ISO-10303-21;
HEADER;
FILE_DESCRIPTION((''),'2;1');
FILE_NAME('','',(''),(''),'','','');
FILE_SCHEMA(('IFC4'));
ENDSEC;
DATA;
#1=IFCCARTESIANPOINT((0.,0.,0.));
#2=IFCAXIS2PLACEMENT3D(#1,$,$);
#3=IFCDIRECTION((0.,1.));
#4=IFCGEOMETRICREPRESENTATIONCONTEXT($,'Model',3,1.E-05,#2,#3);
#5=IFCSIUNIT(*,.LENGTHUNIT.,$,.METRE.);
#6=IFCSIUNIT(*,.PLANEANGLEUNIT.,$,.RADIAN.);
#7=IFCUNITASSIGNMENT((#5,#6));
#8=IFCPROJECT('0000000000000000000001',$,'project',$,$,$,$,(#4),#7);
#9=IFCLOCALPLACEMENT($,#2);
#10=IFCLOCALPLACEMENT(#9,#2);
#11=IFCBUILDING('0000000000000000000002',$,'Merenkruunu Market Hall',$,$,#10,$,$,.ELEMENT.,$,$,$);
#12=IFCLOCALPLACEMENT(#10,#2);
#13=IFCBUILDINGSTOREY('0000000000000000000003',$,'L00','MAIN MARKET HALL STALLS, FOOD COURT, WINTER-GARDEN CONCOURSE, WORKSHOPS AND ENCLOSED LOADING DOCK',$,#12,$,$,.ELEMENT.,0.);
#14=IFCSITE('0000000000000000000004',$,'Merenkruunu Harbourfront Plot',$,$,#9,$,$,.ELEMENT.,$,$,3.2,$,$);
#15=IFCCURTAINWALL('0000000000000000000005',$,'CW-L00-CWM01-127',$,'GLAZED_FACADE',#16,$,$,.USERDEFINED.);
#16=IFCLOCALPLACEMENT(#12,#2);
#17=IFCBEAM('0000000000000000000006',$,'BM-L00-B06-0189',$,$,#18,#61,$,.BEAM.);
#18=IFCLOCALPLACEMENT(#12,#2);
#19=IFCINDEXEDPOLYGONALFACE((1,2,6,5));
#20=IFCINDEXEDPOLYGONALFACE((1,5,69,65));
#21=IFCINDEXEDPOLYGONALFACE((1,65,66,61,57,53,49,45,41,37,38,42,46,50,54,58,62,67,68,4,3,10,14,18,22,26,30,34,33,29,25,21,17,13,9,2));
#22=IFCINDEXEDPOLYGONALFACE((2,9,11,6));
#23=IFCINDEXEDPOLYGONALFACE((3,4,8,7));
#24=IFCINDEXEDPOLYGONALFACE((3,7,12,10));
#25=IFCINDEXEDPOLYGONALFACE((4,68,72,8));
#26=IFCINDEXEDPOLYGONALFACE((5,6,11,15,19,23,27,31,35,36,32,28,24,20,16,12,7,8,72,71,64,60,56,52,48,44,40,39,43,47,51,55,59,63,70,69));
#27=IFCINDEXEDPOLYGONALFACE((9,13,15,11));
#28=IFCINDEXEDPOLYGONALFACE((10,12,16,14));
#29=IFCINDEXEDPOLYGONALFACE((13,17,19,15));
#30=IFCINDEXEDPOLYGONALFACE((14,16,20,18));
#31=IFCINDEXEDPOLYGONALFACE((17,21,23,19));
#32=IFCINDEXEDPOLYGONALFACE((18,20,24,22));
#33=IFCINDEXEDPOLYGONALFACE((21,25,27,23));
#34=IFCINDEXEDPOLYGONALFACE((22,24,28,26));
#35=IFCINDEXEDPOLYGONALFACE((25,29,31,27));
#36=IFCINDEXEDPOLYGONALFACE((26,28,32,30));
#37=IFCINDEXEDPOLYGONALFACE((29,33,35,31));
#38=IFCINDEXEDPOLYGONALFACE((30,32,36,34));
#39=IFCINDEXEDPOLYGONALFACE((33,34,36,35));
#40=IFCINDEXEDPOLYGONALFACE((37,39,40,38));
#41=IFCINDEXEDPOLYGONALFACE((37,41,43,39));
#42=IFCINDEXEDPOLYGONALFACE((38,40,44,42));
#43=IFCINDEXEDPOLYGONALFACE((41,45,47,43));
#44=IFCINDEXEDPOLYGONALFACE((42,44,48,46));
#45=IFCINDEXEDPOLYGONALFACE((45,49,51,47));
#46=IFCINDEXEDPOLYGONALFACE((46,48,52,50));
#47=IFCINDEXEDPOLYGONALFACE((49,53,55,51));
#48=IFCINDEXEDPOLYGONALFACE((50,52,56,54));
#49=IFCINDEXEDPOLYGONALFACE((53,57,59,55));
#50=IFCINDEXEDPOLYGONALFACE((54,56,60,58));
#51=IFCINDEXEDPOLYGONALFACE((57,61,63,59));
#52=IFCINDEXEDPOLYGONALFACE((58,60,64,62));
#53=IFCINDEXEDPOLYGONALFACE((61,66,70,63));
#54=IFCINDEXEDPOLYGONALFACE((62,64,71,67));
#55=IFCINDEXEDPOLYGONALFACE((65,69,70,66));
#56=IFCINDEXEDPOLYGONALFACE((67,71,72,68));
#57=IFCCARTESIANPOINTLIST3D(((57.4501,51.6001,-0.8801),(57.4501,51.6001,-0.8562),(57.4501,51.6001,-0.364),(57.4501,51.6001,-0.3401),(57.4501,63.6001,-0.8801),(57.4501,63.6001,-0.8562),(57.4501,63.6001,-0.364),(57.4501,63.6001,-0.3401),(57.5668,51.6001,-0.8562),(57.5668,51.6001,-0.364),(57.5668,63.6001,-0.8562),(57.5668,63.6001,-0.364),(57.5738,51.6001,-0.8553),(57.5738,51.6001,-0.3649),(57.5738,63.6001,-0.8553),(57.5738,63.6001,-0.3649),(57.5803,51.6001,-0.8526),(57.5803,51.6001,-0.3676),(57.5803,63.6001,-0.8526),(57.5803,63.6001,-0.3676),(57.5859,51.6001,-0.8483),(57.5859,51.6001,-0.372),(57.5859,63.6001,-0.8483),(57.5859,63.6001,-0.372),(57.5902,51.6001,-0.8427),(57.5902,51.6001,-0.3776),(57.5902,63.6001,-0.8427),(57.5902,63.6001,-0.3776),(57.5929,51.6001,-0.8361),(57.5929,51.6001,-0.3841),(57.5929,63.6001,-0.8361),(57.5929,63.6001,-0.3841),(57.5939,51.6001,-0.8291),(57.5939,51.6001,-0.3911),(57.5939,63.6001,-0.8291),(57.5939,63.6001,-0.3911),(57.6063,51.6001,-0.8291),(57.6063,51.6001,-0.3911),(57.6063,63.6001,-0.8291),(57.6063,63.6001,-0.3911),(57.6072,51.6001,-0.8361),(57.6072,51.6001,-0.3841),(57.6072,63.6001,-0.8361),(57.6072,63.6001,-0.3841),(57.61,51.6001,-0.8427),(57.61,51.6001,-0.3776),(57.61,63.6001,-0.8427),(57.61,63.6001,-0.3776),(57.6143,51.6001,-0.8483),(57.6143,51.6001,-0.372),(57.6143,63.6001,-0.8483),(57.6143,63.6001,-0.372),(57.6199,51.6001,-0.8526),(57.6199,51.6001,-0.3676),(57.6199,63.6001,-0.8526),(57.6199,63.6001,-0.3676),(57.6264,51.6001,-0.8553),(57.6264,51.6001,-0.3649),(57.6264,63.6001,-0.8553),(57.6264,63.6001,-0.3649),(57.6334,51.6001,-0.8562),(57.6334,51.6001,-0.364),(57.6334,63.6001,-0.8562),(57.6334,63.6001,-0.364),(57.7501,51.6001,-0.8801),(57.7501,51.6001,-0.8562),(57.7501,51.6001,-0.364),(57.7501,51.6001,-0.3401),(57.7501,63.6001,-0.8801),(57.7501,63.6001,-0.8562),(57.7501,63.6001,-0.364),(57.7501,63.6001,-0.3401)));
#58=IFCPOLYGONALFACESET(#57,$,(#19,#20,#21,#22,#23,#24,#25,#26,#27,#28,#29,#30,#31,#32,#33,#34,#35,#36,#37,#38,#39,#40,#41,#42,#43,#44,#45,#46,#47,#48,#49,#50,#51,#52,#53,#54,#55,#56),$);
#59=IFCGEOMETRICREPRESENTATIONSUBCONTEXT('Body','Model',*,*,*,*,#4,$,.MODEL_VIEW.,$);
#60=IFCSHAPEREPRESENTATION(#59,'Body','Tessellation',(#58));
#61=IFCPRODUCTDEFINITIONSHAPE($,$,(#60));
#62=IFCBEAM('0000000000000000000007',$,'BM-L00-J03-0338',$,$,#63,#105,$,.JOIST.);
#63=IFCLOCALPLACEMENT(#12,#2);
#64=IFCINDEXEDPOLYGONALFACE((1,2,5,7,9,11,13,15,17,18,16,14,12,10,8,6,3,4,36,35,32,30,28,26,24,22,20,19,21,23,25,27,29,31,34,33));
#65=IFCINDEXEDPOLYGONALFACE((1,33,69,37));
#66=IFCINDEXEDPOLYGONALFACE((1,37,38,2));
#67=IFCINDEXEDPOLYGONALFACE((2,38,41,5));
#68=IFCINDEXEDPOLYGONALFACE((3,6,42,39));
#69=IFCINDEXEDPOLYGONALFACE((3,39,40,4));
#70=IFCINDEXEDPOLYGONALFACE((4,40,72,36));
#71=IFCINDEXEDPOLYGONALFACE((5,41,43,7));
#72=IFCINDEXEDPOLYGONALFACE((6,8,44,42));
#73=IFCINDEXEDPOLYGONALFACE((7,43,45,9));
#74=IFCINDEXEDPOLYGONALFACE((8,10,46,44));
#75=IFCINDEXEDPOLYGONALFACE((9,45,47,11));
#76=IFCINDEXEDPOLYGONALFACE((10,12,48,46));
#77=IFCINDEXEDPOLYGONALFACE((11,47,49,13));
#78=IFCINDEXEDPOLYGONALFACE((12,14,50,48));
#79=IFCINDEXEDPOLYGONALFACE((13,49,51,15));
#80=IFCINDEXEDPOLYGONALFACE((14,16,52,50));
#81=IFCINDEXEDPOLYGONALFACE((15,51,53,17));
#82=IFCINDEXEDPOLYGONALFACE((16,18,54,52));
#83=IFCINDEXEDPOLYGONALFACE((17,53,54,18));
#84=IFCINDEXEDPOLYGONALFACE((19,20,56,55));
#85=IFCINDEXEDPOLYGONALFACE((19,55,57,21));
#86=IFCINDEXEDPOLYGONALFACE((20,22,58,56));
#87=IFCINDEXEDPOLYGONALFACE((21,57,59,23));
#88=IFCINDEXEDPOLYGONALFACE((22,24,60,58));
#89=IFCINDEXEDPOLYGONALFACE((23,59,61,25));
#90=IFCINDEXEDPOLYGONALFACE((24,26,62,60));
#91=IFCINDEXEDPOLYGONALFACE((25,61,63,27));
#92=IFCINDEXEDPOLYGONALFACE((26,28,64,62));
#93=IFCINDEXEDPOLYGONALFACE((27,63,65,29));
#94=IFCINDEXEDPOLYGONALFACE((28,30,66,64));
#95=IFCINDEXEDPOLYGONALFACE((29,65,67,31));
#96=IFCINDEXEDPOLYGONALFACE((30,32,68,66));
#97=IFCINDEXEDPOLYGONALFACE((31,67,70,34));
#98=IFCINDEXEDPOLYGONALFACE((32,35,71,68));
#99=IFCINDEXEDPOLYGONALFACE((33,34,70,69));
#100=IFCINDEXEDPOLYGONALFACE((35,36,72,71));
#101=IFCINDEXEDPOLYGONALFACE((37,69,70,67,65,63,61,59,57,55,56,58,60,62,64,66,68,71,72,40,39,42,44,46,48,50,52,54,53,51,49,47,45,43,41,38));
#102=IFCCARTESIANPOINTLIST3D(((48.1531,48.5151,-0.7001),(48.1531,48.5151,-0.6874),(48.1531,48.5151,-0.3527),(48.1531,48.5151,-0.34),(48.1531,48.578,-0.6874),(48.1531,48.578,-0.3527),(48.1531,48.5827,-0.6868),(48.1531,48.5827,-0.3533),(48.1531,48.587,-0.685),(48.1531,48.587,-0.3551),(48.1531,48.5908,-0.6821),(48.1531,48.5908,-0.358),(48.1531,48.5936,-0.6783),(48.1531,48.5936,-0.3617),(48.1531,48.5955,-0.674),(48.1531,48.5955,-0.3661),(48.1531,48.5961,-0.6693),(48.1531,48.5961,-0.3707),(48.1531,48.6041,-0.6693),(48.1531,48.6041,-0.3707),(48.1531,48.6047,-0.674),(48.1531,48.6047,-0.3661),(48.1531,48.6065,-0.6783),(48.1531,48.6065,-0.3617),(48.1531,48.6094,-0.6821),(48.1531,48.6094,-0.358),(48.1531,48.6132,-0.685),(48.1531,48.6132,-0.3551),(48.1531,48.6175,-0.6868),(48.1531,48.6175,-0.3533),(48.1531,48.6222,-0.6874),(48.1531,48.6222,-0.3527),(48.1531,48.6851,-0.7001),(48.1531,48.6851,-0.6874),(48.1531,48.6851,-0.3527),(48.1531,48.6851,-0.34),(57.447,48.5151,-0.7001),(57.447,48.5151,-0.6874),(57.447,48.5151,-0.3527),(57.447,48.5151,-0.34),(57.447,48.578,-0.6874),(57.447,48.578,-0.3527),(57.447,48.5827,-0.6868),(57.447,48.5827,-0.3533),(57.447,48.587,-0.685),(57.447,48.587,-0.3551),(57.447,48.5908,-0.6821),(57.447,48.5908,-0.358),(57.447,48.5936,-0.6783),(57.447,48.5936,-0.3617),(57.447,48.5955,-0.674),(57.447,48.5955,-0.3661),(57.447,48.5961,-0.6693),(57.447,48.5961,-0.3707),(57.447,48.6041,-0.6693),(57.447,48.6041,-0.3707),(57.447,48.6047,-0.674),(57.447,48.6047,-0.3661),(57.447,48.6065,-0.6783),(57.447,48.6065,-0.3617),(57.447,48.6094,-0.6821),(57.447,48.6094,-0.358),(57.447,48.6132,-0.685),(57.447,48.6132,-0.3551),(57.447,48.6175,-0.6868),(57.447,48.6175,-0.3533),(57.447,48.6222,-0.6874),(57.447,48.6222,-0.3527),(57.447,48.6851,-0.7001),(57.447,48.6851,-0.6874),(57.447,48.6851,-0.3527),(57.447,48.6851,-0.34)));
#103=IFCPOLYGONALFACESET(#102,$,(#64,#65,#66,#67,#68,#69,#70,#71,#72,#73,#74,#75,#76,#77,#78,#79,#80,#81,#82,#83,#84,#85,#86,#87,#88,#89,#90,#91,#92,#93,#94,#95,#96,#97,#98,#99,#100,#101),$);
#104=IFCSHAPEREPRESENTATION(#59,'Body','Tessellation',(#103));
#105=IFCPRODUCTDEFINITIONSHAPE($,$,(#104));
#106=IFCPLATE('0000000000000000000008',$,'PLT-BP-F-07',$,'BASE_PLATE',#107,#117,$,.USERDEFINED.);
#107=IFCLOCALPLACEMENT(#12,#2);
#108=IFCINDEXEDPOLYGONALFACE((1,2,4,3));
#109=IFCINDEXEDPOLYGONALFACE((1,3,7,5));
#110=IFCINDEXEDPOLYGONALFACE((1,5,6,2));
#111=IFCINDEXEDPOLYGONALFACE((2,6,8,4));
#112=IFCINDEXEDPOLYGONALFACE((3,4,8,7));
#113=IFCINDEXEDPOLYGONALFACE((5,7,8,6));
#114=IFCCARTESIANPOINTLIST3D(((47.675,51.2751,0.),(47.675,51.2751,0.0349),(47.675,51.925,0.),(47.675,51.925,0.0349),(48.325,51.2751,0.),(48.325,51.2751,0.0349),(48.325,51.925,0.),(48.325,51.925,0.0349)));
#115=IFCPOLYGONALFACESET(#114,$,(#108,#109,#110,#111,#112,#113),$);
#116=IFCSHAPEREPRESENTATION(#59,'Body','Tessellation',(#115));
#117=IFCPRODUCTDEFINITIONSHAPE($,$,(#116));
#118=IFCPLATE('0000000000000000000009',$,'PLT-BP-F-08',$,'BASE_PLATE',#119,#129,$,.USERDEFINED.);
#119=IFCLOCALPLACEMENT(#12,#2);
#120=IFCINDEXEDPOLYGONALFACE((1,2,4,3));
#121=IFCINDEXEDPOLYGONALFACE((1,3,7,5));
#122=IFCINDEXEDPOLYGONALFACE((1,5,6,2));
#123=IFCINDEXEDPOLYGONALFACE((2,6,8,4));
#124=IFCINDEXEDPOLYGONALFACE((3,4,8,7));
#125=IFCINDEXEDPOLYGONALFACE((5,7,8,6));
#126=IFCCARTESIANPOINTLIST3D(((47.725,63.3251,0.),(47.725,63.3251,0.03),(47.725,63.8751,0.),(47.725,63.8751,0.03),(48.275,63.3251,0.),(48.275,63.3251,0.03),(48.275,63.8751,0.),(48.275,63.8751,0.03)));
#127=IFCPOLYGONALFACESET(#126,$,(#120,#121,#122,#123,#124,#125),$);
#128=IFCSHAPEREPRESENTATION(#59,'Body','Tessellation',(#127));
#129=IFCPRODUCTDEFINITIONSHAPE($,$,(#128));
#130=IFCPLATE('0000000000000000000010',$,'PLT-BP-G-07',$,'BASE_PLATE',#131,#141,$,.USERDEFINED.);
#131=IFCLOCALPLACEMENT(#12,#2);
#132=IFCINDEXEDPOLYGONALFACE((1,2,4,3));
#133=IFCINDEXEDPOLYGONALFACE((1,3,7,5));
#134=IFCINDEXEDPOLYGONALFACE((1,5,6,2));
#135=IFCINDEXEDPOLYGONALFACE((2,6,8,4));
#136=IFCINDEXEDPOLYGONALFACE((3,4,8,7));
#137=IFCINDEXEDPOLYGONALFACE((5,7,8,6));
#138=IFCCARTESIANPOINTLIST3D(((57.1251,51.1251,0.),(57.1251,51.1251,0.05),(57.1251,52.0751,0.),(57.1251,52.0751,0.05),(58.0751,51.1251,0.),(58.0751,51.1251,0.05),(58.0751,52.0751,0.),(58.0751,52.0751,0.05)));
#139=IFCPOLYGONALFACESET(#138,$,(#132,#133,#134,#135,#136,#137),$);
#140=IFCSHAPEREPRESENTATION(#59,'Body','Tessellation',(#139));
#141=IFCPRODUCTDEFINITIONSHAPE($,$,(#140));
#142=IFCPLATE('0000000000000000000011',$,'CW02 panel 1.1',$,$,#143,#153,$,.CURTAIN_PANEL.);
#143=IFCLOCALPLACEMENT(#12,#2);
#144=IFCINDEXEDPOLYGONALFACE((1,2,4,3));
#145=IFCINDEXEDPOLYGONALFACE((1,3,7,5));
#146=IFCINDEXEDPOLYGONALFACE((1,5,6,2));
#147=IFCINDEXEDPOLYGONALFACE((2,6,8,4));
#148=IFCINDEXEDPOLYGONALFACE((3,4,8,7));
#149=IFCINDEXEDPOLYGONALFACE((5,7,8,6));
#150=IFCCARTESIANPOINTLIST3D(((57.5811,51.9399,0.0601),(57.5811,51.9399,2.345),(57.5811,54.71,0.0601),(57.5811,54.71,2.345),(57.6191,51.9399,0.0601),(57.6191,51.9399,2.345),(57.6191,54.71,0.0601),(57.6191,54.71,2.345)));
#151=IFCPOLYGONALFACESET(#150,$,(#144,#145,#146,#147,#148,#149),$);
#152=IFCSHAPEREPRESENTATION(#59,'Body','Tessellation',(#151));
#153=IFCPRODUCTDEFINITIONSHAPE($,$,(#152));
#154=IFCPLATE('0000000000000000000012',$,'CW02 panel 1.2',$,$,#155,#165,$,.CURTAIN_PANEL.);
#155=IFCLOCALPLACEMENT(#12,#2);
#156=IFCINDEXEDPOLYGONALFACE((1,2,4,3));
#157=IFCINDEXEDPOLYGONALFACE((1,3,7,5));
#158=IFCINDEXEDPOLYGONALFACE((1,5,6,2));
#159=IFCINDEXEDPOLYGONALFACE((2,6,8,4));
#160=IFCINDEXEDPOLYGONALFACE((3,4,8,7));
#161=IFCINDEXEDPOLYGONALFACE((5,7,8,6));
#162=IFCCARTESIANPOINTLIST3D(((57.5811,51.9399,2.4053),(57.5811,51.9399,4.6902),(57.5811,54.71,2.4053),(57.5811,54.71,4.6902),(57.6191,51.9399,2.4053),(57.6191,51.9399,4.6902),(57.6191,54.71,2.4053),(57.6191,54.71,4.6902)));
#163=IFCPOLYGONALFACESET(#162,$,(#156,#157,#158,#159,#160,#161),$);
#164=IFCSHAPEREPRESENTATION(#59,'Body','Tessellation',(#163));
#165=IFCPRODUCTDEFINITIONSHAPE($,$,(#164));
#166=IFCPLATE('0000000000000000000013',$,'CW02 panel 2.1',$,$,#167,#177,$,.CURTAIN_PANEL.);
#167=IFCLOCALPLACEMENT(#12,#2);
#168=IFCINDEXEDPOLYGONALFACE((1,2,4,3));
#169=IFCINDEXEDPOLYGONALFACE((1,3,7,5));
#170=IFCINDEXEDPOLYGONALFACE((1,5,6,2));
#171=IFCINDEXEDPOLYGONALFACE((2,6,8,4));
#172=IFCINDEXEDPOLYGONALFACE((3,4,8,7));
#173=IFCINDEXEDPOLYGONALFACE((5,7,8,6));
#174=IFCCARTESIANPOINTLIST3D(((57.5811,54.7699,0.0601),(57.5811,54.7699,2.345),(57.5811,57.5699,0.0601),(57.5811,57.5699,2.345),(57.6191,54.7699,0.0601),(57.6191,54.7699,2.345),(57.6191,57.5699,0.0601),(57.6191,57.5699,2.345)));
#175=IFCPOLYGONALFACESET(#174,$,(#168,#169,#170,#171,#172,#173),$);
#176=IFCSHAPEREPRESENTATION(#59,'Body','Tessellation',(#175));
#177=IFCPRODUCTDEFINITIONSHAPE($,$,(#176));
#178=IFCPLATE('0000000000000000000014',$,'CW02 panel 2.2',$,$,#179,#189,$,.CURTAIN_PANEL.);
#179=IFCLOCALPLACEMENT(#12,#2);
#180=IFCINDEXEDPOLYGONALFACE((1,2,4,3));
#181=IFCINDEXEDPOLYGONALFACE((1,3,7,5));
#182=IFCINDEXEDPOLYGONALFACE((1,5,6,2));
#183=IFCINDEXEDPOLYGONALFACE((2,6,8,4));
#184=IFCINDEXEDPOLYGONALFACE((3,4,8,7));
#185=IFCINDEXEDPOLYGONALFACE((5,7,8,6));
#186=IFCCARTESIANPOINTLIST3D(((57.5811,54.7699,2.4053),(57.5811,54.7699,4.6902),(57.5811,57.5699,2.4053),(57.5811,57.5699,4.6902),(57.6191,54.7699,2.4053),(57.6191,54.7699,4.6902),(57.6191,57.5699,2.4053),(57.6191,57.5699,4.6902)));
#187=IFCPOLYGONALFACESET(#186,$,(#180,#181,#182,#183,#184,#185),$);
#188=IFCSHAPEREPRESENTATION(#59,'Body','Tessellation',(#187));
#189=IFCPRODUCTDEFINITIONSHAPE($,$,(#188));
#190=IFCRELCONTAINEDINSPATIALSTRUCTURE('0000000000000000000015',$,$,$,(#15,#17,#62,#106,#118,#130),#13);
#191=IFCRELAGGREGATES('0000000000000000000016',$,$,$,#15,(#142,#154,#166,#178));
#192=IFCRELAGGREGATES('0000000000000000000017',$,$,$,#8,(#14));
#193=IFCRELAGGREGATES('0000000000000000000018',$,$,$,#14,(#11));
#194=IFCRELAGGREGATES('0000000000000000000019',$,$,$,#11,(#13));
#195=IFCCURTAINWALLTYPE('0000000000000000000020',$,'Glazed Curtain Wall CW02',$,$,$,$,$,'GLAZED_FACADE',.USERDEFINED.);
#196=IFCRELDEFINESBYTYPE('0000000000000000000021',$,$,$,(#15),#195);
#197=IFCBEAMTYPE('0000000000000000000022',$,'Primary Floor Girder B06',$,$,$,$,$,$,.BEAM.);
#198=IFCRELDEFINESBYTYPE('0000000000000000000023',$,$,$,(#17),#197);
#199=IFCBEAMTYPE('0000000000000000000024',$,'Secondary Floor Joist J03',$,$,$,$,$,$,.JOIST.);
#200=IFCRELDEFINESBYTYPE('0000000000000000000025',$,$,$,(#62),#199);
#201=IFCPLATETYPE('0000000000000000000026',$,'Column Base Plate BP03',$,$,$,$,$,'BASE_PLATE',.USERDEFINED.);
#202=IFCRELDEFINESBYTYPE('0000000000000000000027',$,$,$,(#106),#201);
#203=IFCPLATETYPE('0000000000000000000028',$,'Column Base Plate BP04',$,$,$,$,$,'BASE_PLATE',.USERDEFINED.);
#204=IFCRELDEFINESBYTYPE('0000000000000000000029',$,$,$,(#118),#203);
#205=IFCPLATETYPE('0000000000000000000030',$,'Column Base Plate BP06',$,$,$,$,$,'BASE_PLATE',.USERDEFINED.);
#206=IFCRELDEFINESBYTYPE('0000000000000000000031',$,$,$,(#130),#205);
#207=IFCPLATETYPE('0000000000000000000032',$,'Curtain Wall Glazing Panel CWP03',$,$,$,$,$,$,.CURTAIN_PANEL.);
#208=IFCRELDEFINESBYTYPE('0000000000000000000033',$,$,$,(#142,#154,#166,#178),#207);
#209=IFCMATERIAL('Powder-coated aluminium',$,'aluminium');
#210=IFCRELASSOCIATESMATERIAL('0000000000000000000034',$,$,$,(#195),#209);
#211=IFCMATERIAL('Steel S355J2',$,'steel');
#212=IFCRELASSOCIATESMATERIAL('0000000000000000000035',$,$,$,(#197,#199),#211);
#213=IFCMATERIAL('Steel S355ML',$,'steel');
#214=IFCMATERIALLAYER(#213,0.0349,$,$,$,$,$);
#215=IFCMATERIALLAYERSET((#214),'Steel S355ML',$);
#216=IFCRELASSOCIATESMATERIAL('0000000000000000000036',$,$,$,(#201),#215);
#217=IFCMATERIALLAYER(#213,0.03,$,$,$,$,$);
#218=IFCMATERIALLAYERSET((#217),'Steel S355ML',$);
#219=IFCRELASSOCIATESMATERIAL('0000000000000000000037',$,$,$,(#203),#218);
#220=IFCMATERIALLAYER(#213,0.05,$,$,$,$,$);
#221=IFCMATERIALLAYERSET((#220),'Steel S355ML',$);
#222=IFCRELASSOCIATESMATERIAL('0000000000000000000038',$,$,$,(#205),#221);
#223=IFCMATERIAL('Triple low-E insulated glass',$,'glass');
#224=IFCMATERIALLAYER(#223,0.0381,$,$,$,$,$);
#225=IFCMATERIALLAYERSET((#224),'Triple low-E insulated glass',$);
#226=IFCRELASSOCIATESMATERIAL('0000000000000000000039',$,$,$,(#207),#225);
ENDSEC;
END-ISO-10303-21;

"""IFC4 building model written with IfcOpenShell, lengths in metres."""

from ifc_helpers import new_model, si_unit, direction, frame, origin, origin_2d, place, context, subcontext, project, spatial, rectangle, i_section, extrude, material, layer, layer_set, material_profile, profile_set, type_object, element, aggregate, save


model = new_model("IFC4")

# Units and contexts
model_context = context("Model", 3, precision=1e-05, world=origin(), true_north=direction((0.0, 1.0)))
body_context = subcontext(model_context, "Body", "Model", "MODEL_VIEW")
ifc_project = project(units=[si_unit("LENGTHUNIT", "METRE"), si_unit("PLANEANGLEUNIT", "RADIAN")], contexts=[model_context])

# Site, building, storey
site_placement = place(None, origin())
site = spatial("IfcSite", under=ifc_project, at=site_placement, Name="Merenkruunu Harbourfront Plot", CompositionType="ELEMENT", RefElevation=3.2)
building_placement = place(site_placement, origin())
building = spatial("IfcBuilding", under=site, at=building_placement, Name="Merenkruunu Market Hall", CompositionType="ELEMENT")
storey_placement = place(building_placement, origin())
storey = spatial("IfcBuildingStorey", under=building, at=storey_placement, Name="L00", Description="MAIN MARKET HALL STALLS, FOOD COURT, WINTER-GARDEN CONCOURSE, WORKSHOPS AND ENCLOSED LOADING DOCK", CompositionType="ELEMENT", Elevation=0.0)

# Shared definitions
ifc_material_1 = material(Name="Steel S355ML", Category="steel")
ifc_material_2 = material(Name="Steel S355J2", Category="steel")

# Curtain wall
ifc_material_3 = material(Name="Powder-coated aluminium", Category="aluminium")
curtain_wall_type = type_object("IfcCurtainWallType", Name="Glazed Curtain Wall CW02", ElementType="GLAZED_FACADE", PredefinedType="USERDEFINED", material=ifc_material_3)
curtain_wall_placement = place(storey_placement, origin())
curtain_wall = element("IfcCurtainWall", 1, at=curtain_wall_placement, inside=storey, type_object=curtain_wall_type, Name="CW-L00-CWM01-127", ObjectType="GLAZED_FACADE", PredefinedType="USERDEFINED")

# Beams
ifc_material_profile_1 = material_profile(ifc_material_2, i_section(OverallWidth=0.3, OverallDepth=0.54, WebThickness=0.0125, FlangeThickness=0.0239, FilletRadius=0.0271, at=origin_2d()), Name="HEA 550")
ifc_profile_set_1 = profile_set([ifc_material_profile_1], Name="Steel S355J2")
beam_type_1 = type_object("IfcBeamType", Name="Primary Floor Girder B06", PredefinedType="BEAM", material=ifc_profile_set_1)
for number, where, z_axis, x_axis, name in (
    (2, (57.6001, 51.6001, -0.6101), (0.0, 1.0, 0.0), (-1.0, 0.0, 0.0), "BM-L00-B06-0189"),
):
    element("IfcBeam", number, at=place(storey_placement, frame(where, z_axis=z_axis, x_axis=x_axis)), inside=storey, type_object=beam_type_1, Name=name, PredefinedType="BEAM", context=body_context, shape_type="SweptSolid", body=[
        extrude(i_section(OverallWidth=0.3, OverallDepth=0.54, WebThickness=0.0125, FlangeThickness=0.0239, FilletRadius=0.0271, at=origin_2d()), origin(), (0.0, 0.0, 1.0), 12.0),
    ])
ifc_material_profile_2 = material_profile(ifc_material_2, i_section(OverallWidth=0.1699, OverallDepth=0.3601, WebThickness=0.0081, FlangeThickness=0.0127, FilletRadius=0.0181, at=origin_2d()), Name="IPE 360")
ifc_profile_set_2 = profile_set([ifc_material_profile_2], Name="Steel S355J2")
beam_type_2 = type_object("IfcBeamType", Name="Secondary Floor Joist J03", PredefinedType="JOIST", material=ifc_profile_set_2)
beam_1_placement = place(storey_placement, frame((48.1531, 48.6001, -0.52), z_axis=(1.0, 0.0, 0.0), x_axis=(0.0, 1.0, 0.0)))
element("IfcBeam", 3, at=beam_1_placement, inside=storey, type_object=beam_type_2, Name="BM-L00-J03-0338", PredefinedType="JOIST", context=body_context, shape_type="SweptSolid", body=[
    extrude(i_section(OverallWidth=0.1699, OverallDepth=0.3601, WebThickness=0.0081, FlangeThickness=0.0127, FilletRadius=0.0181, at=origin_2d()), origin(), (0.0, 0.0, 1.0), 9.2939),
])

# Plates
ifc_layer_1 = layer(ifc_material_1, 0.0349)
ifc_layer_set_1 = layer_set([ifc_layer_1], Name="Steel S355ML")
plate_type_1 = type_object("IfcPlateType", Name="Column Base Plate BP03", ElementType="BASE_PLATE", PredefinedType="USERDEFINED", material=ifc_layer_set_1)
plate_1_placement = place(storey_placement, frame((48.0, 51.6001, 0.0), z_axis=(0.0, 0.0, 1.0), x_axis=(1.0, 0.0, 0.0)))
element("IfcPlate", 4, at=plate_1_placement, inside=storey, type_object=plate_type_1, Name="PLT-BP-F-07", ObjectType="BASE_PLATE", PredefinedType="USERDEFINED", context=body_context, shape_type="SweptSolid", body=[
    extrude(rectangle(XDim=0.6499, YDim=0.6499, at=origin_2d()), origin(), (0.0, 0.0, 1.0), 0.0349),
])
ifc_layer_2 = layer(ifc_material_1, 0.03)
ifc_layer_set_2 = layer_set([ifc_layer_2], Name="Steel S355ML")
plate_type_2 = type_object("IfcPlateType", Name="Column Base Plate BP04", ElementType="BASE_PLATE", PredefinedType="USERDEFINED", material=ifc_layer_set_2)
plate_2_placement = place(storey_placement, frame((48.0, 63.6001, 0.0), z_axis=(0.0, 0.0, 1.0), x_axis=(1.0, 0.0, 0.0)))
element("IfcPlate", 5, at=plate_2_placement, inside=storey, type_object=plate_type_2, Name="PLT-BP-F-08", ObjectType="BASE_PLATE", PredefinedType="USERDEFINED", context=body_context, shape_type="SweptSolid", body=[
    extrude(rectangle(XDim=0.55, YDim=0.55, at=origin_2d()), origin(), (0.0, 0.0, 1.0), 0.03),
])
ifc_layer_3 = layer(ifc_material_1, 0.05)
ifc_layer_set_3 = layer_set([ifc_layer_3], Name="Steel S355ML")
plate_type_3 = type_object("IfcPlateType", Name="Column Base Plate BP06", ElementType="BASE_PLATE", PredefinedType="USERDEFINED", material=ifc_layer_set_3)
plate_3_placement = place(storey_placement, frame((57.6001, 51.6001, 0.0), z_axis=(0.0, 0.0, 1.0), x_axis=(1.0, 0.0, 0.0)))
element("IfcPlate", 6, at=plate_3_placement, inside=storey, type_object=plate_type_3, Name="PLT-BP-G-07", ObjectType="BASE_PLATE", PredefinedType="USERDEFINED", context=body_context, shape_type="SweptSolid", body=[
    extrude(rectangle(XDim=0.95, YDim=0.95, at=origin_2d()), origin(), (0.0, 0.0, 1.0), 0.05),
])

# Plates
ifc_material_4 = material(Name="Triple low-E insulated glass", Category="glass")
ifc_layer_4 = layer(ifc_material_4, 0.0381)
ifc_layer_set_4 = layer_set([ifc_layer_4], Name="Triple low-E insulated glass")
plate_type_4 = type_object("IfcPlateType", Name="Curtain Wall Glazing Panel CWP03", PredefinedType="CURTAIN_PANEL", material=ifc_layer_set_4)
plate_4_placement = place(storey_placement, frame((57.6001, 53.325, 0.0601), z_axis=(0.0, 0.0, 1.0), x_axis=(0.0, 1.0, 0.0)))
plate_4 = element("IfcPlate", 7, at=plate_4_placement, type_object=plate_type_4, Name="CW02 panel 1.1", PredefinedType="CURTAIN_PANEL", context=body_context, shape_type="SweptSolid", body=[
    extrude(rectangle(XDim=2.77, YDim=0.0381, at=origin_2d()), origin(), (0.0, 0.0, 1.0), 2.2849),
])
plate_5_placement = place(storey_placement, frame((57.6001, 53.325, 2.4053), z_axis=(0.0, 0.0, 1.0), x_axis=(0.0, 1.0, 0.0)))
plate_5 = element("IfcPlate", 8, at=plate_5_placement, type_object=plate_type_4, Name="CW02 panel 1.2", PredefinedType="CURTAIN_PANEL", context=body_context, shape_type="SweptSolid", body=[
    extrude(rectangle(XDim=2.77, YDim=0.0381, at=origin_2d()), origin(), (0.0, 0.0, 1.0), 2.2849),
])
plate_6_placement = place(storey_placement, frame((57.6001, 56.1699, 0.0601), z_axis=(0.0, 0.0, 1.0), x_axis=(0.0, 1.0, 0.0)))
plate_6 = element("IfcPlate", 9, at=plate_6_placement, type_object=plate_type_4, Name="CW02 panel 2.1", PredefinedType="CURTAIN_PANEL", context=body_context, shape_type="SweptSolid", body=[
    extrude(rectangle(XDim=2.8, YDim=0.0381, at=origin_2d()), origin(), (0.0, 0.0, 1.0), 2.2849),
])
plate_7_placement = place(storey_placement, frame((57.6001, 56.1699, 2.4053), z_axis=(0.0, 0.0, 1.0), x_axis=(0.0, 1.0, 0.0)))
plate_7 = element("IfcPlate", 10, at=plate_7_placement, type_object=plate_type_4, Name="CW02 panel 2.2", PredefinedType="CURTAIN_PANEL", context=body_context, shape_type="SweptSolid", body=[
    extrude(rectangle(XDim=2.8, YDim=0.0381, at=origin_2d()), origin(), (0.0, 0.0, 1.0), 2.2849),
])
aggregate(curtain_wall, [plate_4, plate_5, plate_6, plate_7])

save(model, "model.ifc")
